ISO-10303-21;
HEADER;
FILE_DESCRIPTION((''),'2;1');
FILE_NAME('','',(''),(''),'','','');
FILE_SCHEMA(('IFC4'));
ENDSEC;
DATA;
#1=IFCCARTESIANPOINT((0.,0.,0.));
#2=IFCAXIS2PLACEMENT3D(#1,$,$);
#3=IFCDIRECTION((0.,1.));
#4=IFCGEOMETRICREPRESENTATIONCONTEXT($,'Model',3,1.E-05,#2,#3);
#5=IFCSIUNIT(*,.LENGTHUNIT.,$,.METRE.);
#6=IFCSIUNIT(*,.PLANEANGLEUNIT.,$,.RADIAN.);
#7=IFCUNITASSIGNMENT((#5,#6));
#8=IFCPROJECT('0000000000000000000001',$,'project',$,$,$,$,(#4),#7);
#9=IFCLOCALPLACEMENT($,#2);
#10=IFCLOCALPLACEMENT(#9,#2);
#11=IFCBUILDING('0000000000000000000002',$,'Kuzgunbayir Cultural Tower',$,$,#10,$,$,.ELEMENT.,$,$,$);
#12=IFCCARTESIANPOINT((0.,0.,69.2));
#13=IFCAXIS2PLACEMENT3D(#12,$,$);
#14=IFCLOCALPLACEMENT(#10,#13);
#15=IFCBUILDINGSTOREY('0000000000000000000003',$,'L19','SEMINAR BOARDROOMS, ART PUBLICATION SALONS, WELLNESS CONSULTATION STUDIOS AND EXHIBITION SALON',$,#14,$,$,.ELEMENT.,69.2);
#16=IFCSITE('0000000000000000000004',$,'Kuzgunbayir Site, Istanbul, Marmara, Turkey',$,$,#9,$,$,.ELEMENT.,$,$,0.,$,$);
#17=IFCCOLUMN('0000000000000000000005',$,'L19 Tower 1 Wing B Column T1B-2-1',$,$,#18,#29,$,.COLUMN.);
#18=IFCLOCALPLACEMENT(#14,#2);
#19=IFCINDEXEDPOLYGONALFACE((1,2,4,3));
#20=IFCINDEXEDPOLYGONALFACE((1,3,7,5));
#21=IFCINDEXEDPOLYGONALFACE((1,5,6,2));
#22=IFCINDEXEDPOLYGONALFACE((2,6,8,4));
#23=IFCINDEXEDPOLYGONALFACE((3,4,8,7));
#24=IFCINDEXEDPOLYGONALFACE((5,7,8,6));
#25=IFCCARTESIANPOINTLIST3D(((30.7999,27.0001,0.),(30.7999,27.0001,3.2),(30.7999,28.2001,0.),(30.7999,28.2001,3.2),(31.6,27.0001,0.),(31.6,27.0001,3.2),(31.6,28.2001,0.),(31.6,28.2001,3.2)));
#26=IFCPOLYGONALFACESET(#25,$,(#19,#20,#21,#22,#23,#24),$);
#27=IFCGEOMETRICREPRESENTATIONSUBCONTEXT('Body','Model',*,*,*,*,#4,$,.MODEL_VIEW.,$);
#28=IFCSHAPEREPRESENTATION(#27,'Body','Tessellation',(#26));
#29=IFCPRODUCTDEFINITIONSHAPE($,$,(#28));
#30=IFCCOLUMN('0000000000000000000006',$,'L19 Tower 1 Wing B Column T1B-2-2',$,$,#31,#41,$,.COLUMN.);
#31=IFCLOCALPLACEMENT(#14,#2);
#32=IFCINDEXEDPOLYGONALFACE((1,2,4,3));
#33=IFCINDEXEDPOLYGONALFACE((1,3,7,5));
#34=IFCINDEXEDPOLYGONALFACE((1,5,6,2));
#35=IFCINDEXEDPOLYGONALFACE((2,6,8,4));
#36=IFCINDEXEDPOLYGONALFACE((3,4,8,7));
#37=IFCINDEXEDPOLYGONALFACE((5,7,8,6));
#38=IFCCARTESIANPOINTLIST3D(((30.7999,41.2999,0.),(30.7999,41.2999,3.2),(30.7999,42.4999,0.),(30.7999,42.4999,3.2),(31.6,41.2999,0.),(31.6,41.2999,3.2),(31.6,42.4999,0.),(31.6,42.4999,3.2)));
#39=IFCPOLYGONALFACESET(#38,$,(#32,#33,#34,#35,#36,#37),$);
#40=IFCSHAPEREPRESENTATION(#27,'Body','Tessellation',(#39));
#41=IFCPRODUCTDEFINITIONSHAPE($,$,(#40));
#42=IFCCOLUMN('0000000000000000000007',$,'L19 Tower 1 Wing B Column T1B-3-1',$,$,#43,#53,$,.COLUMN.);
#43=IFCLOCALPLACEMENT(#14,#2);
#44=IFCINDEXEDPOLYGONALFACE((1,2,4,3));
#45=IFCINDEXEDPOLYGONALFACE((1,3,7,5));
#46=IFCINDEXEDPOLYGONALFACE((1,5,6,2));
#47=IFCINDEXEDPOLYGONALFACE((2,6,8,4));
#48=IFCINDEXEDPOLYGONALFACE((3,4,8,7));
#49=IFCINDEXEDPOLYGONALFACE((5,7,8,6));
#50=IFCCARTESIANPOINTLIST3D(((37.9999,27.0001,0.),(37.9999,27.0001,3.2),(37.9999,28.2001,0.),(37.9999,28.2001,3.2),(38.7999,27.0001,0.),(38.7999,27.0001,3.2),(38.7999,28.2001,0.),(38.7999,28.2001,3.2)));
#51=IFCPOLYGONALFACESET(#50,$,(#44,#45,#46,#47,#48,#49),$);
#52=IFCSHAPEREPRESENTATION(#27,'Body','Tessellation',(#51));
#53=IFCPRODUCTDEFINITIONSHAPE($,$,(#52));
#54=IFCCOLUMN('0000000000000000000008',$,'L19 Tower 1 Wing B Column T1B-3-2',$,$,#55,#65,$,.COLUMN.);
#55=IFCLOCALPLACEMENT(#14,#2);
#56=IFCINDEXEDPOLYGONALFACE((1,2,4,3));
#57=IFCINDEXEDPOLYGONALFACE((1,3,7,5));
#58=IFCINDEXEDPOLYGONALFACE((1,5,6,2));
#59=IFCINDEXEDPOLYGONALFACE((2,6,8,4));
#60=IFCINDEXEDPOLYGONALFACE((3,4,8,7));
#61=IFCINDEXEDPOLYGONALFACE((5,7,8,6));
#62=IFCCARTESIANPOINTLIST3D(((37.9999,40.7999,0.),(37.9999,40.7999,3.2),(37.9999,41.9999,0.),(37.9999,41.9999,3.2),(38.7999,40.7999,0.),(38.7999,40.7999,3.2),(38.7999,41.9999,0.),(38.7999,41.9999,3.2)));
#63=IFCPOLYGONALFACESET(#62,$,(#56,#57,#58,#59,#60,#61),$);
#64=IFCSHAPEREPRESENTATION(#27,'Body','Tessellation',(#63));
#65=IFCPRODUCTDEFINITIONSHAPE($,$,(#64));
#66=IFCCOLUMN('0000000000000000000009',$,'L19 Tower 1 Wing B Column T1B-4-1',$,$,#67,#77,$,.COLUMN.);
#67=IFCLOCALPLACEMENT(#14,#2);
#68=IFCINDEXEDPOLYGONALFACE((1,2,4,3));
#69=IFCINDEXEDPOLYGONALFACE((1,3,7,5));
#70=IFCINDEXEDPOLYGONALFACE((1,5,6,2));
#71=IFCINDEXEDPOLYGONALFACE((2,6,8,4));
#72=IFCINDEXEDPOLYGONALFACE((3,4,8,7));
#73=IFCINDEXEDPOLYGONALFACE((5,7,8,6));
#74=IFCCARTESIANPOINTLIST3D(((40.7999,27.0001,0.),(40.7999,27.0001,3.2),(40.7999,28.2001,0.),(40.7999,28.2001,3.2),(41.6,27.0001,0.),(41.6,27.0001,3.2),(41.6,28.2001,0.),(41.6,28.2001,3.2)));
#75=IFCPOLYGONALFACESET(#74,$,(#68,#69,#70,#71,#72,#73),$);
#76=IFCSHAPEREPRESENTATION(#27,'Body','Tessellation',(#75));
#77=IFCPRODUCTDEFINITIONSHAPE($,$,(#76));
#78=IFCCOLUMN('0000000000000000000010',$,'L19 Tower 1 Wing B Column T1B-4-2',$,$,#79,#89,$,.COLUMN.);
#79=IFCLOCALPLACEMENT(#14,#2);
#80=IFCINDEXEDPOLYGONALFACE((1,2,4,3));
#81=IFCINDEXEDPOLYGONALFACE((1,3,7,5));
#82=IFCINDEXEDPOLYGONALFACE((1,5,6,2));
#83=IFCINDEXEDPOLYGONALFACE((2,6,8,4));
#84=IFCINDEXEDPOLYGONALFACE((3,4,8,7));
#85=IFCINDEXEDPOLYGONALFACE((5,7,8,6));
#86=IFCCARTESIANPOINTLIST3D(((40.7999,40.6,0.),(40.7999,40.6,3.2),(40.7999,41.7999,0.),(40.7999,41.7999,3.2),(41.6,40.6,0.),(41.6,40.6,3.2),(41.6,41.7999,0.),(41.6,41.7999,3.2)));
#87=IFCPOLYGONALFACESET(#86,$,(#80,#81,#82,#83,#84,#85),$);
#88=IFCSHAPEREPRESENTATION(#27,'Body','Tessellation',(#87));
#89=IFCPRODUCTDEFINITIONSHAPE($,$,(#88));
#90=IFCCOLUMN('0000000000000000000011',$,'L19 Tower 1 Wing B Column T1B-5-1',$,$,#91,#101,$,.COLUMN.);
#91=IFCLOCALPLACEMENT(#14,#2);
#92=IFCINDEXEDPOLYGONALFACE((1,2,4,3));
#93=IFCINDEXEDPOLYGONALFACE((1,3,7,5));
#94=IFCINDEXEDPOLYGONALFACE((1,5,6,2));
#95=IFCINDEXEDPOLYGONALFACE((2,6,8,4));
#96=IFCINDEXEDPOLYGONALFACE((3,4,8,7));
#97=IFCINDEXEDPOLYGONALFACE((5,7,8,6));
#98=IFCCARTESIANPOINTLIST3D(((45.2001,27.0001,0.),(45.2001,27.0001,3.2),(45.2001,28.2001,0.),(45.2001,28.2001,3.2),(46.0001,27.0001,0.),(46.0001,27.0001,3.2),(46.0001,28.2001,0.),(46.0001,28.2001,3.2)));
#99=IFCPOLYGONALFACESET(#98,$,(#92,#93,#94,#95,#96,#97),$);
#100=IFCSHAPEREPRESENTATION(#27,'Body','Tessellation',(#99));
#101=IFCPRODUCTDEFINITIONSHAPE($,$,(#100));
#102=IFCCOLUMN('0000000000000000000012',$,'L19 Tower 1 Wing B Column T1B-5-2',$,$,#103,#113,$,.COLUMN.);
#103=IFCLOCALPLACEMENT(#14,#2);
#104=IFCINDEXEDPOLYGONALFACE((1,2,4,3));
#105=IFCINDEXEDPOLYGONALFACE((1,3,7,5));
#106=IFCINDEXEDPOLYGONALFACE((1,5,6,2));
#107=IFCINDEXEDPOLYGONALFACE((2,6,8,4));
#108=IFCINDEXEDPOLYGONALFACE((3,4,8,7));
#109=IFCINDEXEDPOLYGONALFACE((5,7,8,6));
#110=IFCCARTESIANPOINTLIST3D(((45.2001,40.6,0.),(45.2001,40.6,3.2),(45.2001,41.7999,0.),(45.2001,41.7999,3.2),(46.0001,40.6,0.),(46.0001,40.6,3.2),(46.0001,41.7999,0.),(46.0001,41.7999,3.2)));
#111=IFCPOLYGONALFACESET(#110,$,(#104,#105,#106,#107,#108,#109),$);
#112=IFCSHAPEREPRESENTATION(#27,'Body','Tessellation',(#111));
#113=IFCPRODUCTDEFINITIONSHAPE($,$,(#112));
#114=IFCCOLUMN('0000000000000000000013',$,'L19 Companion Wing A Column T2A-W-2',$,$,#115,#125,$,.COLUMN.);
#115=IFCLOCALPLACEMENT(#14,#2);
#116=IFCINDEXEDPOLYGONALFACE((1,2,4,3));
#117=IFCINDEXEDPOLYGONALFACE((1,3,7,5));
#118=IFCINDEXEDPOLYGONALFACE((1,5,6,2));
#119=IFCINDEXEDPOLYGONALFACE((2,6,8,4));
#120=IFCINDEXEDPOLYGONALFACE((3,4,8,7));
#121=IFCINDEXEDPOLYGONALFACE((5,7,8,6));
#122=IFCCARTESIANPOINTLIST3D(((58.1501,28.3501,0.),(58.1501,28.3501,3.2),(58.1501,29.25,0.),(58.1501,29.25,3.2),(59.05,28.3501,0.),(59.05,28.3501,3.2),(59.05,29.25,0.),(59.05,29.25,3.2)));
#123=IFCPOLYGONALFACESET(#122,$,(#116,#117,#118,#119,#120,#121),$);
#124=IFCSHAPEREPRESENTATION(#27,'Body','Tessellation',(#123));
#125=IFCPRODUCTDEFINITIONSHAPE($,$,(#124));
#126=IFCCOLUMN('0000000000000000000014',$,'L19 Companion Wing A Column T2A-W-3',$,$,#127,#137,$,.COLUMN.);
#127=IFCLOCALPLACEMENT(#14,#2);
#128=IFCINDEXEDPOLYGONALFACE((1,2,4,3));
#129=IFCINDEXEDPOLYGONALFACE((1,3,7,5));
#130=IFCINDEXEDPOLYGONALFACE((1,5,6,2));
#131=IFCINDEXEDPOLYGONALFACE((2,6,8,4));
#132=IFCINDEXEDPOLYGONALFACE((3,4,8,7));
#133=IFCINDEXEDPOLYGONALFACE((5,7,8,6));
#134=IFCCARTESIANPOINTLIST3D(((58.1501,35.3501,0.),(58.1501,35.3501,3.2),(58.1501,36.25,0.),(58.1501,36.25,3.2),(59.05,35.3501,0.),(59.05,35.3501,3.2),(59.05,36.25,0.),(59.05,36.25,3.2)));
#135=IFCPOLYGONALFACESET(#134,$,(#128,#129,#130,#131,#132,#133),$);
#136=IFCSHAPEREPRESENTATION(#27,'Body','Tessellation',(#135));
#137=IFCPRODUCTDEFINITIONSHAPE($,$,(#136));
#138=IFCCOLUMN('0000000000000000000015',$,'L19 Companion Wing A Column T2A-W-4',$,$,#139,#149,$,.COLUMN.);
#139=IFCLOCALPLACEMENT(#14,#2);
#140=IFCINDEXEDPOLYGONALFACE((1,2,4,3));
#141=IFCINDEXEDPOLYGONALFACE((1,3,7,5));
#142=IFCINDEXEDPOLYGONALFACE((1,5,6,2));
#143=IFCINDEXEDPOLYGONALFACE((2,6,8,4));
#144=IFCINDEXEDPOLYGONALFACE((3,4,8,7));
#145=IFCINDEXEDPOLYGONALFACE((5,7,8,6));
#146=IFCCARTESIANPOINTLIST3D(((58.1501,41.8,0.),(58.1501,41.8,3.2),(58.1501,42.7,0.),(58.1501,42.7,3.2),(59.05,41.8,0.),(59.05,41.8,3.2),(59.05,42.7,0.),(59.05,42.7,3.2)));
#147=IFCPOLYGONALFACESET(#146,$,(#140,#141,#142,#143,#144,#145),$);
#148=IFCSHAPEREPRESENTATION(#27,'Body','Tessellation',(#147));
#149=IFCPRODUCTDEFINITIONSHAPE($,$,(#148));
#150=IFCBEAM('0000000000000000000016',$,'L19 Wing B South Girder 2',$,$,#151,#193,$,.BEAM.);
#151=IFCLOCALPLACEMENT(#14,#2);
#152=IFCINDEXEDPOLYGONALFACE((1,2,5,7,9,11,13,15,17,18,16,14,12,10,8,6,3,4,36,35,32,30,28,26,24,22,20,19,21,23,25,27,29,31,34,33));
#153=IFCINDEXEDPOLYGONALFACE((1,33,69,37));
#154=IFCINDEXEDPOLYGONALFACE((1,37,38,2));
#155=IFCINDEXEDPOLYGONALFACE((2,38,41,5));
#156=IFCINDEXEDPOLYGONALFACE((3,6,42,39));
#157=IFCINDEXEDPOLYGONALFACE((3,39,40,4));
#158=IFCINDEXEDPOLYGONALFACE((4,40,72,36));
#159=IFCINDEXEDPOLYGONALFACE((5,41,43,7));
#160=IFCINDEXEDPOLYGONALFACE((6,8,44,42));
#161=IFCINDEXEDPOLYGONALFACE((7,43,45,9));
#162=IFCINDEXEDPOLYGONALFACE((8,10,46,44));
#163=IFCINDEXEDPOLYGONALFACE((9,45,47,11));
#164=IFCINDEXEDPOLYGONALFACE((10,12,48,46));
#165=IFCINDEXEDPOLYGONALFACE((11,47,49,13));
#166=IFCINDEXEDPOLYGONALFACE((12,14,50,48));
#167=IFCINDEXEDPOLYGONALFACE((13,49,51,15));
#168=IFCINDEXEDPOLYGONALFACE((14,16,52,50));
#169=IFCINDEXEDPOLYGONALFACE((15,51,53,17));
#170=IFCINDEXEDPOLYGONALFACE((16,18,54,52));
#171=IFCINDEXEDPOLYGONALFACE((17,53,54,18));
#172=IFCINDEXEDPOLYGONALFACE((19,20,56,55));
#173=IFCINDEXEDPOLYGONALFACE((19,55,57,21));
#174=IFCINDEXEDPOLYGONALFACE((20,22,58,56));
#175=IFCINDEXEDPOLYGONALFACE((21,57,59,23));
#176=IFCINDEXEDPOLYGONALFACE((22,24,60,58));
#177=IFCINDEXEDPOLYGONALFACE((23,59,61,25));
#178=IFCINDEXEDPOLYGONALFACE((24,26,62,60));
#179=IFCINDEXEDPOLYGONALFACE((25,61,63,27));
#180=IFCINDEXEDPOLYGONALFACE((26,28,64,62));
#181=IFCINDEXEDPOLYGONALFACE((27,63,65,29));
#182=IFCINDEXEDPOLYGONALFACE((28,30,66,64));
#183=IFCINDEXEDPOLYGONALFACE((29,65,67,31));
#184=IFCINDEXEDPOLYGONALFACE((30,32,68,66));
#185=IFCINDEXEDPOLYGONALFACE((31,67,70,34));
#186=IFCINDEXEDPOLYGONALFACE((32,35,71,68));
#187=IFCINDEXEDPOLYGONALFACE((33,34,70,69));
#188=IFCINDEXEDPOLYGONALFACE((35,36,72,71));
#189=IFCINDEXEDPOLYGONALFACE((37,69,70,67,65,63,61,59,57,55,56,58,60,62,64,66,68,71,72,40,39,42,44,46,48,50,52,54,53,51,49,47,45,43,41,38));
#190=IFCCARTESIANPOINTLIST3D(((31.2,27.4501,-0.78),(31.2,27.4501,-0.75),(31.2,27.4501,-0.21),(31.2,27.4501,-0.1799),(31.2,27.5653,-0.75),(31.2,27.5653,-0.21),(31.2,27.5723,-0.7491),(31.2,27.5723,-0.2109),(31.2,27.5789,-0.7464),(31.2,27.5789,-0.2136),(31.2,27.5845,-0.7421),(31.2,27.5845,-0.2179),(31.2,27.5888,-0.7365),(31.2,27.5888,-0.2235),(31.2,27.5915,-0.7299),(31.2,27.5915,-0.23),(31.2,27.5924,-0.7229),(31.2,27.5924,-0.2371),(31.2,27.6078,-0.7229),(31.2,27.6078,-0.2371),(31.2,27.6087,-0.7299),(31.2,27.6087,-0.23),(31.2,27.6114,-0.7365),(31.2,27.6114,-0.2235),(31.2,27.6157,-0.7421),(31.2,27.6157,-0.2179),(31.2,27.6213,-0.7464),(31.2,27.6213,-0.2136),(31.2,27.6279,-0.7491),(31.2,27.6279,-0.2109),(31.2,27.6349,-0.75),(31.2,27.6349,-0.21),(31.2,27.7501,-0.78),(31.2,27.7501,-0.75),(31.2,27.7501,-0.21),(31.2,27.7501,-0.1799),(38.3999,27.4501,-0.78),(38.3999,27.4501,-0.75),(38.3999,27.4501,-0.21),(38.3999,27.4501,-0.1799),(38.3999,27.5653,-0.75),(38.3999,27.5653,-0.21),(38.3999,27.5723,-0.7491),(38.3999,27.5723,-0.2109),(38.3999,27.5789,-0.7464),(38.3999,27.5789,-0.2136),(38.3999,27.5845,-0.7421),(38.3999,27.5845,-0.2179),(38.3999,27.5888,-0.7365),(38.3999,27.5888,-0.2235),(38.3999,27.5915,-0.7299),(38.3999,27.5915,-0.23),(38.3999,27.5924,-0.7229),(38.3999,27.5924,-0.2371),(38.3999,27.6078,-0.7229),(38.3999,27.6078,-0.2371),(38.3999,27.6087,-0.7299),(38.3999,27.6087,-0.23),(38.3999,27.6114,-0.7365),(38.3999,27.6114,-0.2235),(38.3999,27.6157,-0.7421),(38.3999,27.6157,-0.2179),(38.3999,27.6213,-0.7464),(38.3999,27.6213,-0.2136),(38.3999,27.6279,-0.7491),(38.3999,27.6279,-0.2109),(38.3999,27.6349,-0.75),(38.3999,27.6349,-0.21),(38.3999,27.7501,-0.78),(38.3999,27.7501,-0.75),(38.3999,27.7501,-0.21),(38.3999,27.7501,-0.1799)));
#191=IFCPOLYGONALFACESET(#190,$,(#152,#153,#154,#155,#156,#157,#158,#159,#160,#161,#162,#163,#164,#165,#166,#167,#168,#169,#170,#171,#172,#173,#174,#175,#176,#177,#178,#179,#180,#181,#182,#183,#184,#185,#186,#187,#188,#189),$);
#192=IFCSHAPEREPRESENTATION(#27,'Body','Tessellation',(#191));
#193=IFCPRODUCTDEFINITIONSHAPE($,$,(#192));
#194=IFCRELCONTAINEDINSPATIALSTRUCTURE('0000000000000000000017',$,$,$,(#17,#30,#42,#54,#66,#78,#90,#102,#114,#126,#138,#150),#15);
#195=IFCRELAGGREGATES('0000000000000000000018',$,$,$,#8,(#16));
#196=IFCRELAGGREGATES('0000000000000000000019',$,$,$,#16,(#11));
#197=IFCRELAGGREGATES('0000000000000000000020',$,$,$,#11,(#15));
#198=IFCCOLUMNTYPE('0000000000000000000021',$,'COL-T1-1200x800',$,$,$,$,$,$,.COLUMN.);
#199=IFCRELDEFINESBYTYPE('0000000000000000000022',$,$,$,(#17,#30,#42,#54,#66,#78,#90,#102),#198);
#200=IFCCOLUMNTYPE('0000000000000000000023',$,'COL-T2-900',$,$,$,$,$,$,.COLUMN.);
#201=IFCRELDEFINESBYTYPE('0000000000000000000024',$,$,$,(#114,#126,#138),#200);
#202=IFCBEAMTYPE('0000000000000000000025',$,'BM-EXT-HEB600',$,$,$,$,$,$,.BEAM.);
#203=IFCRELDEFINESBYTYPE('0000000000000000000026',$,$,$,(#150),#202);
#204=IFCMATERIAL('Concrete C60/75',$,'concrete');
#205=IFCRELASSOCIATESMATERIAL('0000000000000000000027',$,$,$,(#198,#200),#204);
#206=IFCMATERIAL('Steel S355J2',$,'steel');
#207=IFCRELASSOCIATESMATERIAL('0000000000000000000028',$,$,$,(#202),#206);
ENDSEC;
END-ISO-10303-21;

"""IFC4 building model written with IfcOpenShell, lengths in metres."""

from ifc_helpers import new_model, si_unit, direction, frame, origin, origin_2d, place, context, subcontext, project, spatial, rectangle, i_section, extrude, material, material_profile, profile_set, type_object, element, save


model = new_model("IFC4")

# Units and contexts
model_context = context("Model", 3, precision=1e-05, world=origin(), true_north=direction((0.0, 1.0)))
body_context = subcontext(model_context, "Body", "Model", "MODEL_VIEW")
ifc_project = project(units=[si_unit("LENGTHUNIT", "METRE"), si_unit("PLANEANGLEUNIT", "RADIAN")], contexts=[model_context])

# Site, building, storey
site_placement = place(None, origin())
site = spatial("IfcSite", under=ifc_project, at=site_placement, Name="Kuzgunbayir Site, Istanbul, Marmara, Turkey", CompositionType="ELEMENT", RefElevation=0.0)
building_placement = place(site_placement, origin())
building = spatial("IfcBuilding", under=site, at=building_placement, Name="Kuzgunbayir Cultural Tower", CompositionType="ELEMENT")
storey_placement = place(building_placement, frame((0.0, 0.0, 69.2)))
storey = spatial("IfcBuildingStorey", under=building, at=storey_placement, Name="L19", Description="SEMINAR BOARDROOMS, ART PUBLICATION SALONS, WELLNESS CONSULTATION STUDIOS AND EXHIBITION SALON", CompositionType="ELEMENT", Elevation=69.2)

# Columns
ifc_material_1 = material(Name="Concrete C60/75", Category="concrete")
ifc_material_profile_1 = material_profile(ifc_material_1, rectangle(XDim=0.8, YDim=1.2, at=origin_2d()), Name="RC 1200x800")
ifc_profile_set_1 = profile_set([ifc_material_profile_1], Name="Concrete C60/75")
column_type_1 = type_object("IfcColumnType", Name="COL-T1-1200x800", PredefinedType="COLUMN", material=ifc_profile_set_1)
for number, where, z_axis, x_axis, name in (
    (1, (31.2, 27.6001, 0.0), (0.0, 0.0, 1.0), (1.0, 0.0, 0.0), "L19 Tower 1 Wing B Column T1B-2-1"),
    (2, (31.2, 41.8999, 0.0), (0.0, 0.0, 1.0), (1.0, 0.0, 0.0), "L19 Tower 1 Wing B Column T1B-2-2"),
    (3, (38.3999, 27.6001, 0.0), (0.0, 0.0, 1.0), (1.0, 0.0, 0.0), "L19 Tower 1 Wing B Column T1B-3-1"),
    (4, (38.3999, 41.3999, 0.0), (0.0, 0.0, 1.0), (1.0, 0.0, 0.0), "L19 Tower 1 Wing B Column T1B-3-2"),
    (5, (41.2, 27.6001, 0.0), (0.0, 0.0, 1.0), (1.0, 0.0, 0.0), "L19 Tower 1 Wing B Column T1B-4-1"),
    (6, (41.2, 41.2, 0.0), (0.0, 0.0, 1.0), (1.0, 0.0, 0.0), "L19 Tower 1 Wing B Column T1B-4-2"),
    (7, (45.6001, 27.6001, 0.0), (0.0, 0.0, 1.0), (1.0, 0.0, 0.0), "L19 Tower 1 Wing B Column T1B-5-1"),
    (8, (45.6001, 41.2, 0.0), (0.0, 0.0, 1.0), (1.0, 0.0, 0.0), "L19 Tower 1 Wing B Column T1B-5-2"),
):
    element("IfcColumn", number, at=place(storey_placement, frame(where, z_axis=z_axis, x_axis=x_axis)), inside=storey, type_object=column_type_1, Name=name, PredefinedType="COLUMN", context=body_context, shape_type="SweptSolid", body=[
        extrude(rectangle(XDim=0.8, YDim=1.2, at=origin_2d()), origin(), (0.0, 0.0, 1.0), 3.2),
    ])
ifc_material_profile_2 = material_profile(ifc_material_1, rectangle(XDim=0.8999, YDim=0.8999, at=origin_2d()), Name="RC 900x900")
ifc_profile_set_2 = profile_set([ifc_material_profile_2], Name="Concrete C60/75")
column_type_2 = type_object("IfcColumnType", Name="COL-T2-900", PredefinedType="COLUMN", material=ifc_profile_set_2)
for number, where, z_axis, x_axis, name in (
    (9, (58.6001, 28.8, 0.0), (0.0, 0.0, 1.0), (1.0, 0.0, 0.0), "L19 Companion Wing A Column T2A-W-2"),
    (10, (58.6001, 35.8, 0.0), (0.0, 0.0, 1.0), (1.0, 0.0, 0.0), "L19 Companion Wing A Column T2A-W-3"),
    (11, (58.6001, 42.25, 0.0), (0.0, 0.0, 1.0), (1.0, 0.0, 0.0), "L19 Companion Wing A Column T2A-W-4"),
):
    element("IfcColumn", number, at=place(storey_placement, frame(where, z_axis=z_axis, x_axis=x_axis)), inside=storey, type_object=column_type_2, Name=name, PredefinedType="COLUMN", context=body_context, shape_type="SweptSolid", body=[
        extrude(rectangle(XDim=0.8999, YDim=0.8999, at=origin_2d()), origin(), (0.0, 0.0, 1.0), 3.2),
    ])

# Beam
ifc_material_2 = material(Name="Steel S355J2", Category="steel")
ifc_material_profile_3 = material_profile(ifc_material_2, i_section(OverallWidth=0.3, OverallDepth=0.6001, WebThickness=0.0154, FlangeThickness=0.03, FilletRadius=0.0271, at=origin_2d()), Name="HEB 600")
ifc_profile_set_3 = profile_set([ifc_material_profile_3], Name="Steel S355J2")
beam_type_1 = type_object("IfcBeamType", Name="BM-EXT-HEB600", PredefinedType="BEAM", material=ifc_profile_set_3)
beam_1_placement = place(storey_placement, frame((31.2, 27.6001, -0.48), z_axis=(1.0, 0.0, 0.0), x_axis=(0.0, 1.0, 0.0)))
element("IfcBeam", 12, at=beam_1_placement, inside=storey, type_object=beam_type_1, Name="L19 Wing B South Girder 2", PredefinedType="BEAM", context=body_context, shape_type="SweptSolid", body=[
    extrude(i_section(OverallWidth=0.3, OverallDepth=0.6001, WebThickness=0.0154, FlangeThickness=0.03, FilletRadius=0.0271, at=origin_2d()), origin(), (0.0, 0.0, 1.0), 7.2),
])

save(model, "model.ifc")
